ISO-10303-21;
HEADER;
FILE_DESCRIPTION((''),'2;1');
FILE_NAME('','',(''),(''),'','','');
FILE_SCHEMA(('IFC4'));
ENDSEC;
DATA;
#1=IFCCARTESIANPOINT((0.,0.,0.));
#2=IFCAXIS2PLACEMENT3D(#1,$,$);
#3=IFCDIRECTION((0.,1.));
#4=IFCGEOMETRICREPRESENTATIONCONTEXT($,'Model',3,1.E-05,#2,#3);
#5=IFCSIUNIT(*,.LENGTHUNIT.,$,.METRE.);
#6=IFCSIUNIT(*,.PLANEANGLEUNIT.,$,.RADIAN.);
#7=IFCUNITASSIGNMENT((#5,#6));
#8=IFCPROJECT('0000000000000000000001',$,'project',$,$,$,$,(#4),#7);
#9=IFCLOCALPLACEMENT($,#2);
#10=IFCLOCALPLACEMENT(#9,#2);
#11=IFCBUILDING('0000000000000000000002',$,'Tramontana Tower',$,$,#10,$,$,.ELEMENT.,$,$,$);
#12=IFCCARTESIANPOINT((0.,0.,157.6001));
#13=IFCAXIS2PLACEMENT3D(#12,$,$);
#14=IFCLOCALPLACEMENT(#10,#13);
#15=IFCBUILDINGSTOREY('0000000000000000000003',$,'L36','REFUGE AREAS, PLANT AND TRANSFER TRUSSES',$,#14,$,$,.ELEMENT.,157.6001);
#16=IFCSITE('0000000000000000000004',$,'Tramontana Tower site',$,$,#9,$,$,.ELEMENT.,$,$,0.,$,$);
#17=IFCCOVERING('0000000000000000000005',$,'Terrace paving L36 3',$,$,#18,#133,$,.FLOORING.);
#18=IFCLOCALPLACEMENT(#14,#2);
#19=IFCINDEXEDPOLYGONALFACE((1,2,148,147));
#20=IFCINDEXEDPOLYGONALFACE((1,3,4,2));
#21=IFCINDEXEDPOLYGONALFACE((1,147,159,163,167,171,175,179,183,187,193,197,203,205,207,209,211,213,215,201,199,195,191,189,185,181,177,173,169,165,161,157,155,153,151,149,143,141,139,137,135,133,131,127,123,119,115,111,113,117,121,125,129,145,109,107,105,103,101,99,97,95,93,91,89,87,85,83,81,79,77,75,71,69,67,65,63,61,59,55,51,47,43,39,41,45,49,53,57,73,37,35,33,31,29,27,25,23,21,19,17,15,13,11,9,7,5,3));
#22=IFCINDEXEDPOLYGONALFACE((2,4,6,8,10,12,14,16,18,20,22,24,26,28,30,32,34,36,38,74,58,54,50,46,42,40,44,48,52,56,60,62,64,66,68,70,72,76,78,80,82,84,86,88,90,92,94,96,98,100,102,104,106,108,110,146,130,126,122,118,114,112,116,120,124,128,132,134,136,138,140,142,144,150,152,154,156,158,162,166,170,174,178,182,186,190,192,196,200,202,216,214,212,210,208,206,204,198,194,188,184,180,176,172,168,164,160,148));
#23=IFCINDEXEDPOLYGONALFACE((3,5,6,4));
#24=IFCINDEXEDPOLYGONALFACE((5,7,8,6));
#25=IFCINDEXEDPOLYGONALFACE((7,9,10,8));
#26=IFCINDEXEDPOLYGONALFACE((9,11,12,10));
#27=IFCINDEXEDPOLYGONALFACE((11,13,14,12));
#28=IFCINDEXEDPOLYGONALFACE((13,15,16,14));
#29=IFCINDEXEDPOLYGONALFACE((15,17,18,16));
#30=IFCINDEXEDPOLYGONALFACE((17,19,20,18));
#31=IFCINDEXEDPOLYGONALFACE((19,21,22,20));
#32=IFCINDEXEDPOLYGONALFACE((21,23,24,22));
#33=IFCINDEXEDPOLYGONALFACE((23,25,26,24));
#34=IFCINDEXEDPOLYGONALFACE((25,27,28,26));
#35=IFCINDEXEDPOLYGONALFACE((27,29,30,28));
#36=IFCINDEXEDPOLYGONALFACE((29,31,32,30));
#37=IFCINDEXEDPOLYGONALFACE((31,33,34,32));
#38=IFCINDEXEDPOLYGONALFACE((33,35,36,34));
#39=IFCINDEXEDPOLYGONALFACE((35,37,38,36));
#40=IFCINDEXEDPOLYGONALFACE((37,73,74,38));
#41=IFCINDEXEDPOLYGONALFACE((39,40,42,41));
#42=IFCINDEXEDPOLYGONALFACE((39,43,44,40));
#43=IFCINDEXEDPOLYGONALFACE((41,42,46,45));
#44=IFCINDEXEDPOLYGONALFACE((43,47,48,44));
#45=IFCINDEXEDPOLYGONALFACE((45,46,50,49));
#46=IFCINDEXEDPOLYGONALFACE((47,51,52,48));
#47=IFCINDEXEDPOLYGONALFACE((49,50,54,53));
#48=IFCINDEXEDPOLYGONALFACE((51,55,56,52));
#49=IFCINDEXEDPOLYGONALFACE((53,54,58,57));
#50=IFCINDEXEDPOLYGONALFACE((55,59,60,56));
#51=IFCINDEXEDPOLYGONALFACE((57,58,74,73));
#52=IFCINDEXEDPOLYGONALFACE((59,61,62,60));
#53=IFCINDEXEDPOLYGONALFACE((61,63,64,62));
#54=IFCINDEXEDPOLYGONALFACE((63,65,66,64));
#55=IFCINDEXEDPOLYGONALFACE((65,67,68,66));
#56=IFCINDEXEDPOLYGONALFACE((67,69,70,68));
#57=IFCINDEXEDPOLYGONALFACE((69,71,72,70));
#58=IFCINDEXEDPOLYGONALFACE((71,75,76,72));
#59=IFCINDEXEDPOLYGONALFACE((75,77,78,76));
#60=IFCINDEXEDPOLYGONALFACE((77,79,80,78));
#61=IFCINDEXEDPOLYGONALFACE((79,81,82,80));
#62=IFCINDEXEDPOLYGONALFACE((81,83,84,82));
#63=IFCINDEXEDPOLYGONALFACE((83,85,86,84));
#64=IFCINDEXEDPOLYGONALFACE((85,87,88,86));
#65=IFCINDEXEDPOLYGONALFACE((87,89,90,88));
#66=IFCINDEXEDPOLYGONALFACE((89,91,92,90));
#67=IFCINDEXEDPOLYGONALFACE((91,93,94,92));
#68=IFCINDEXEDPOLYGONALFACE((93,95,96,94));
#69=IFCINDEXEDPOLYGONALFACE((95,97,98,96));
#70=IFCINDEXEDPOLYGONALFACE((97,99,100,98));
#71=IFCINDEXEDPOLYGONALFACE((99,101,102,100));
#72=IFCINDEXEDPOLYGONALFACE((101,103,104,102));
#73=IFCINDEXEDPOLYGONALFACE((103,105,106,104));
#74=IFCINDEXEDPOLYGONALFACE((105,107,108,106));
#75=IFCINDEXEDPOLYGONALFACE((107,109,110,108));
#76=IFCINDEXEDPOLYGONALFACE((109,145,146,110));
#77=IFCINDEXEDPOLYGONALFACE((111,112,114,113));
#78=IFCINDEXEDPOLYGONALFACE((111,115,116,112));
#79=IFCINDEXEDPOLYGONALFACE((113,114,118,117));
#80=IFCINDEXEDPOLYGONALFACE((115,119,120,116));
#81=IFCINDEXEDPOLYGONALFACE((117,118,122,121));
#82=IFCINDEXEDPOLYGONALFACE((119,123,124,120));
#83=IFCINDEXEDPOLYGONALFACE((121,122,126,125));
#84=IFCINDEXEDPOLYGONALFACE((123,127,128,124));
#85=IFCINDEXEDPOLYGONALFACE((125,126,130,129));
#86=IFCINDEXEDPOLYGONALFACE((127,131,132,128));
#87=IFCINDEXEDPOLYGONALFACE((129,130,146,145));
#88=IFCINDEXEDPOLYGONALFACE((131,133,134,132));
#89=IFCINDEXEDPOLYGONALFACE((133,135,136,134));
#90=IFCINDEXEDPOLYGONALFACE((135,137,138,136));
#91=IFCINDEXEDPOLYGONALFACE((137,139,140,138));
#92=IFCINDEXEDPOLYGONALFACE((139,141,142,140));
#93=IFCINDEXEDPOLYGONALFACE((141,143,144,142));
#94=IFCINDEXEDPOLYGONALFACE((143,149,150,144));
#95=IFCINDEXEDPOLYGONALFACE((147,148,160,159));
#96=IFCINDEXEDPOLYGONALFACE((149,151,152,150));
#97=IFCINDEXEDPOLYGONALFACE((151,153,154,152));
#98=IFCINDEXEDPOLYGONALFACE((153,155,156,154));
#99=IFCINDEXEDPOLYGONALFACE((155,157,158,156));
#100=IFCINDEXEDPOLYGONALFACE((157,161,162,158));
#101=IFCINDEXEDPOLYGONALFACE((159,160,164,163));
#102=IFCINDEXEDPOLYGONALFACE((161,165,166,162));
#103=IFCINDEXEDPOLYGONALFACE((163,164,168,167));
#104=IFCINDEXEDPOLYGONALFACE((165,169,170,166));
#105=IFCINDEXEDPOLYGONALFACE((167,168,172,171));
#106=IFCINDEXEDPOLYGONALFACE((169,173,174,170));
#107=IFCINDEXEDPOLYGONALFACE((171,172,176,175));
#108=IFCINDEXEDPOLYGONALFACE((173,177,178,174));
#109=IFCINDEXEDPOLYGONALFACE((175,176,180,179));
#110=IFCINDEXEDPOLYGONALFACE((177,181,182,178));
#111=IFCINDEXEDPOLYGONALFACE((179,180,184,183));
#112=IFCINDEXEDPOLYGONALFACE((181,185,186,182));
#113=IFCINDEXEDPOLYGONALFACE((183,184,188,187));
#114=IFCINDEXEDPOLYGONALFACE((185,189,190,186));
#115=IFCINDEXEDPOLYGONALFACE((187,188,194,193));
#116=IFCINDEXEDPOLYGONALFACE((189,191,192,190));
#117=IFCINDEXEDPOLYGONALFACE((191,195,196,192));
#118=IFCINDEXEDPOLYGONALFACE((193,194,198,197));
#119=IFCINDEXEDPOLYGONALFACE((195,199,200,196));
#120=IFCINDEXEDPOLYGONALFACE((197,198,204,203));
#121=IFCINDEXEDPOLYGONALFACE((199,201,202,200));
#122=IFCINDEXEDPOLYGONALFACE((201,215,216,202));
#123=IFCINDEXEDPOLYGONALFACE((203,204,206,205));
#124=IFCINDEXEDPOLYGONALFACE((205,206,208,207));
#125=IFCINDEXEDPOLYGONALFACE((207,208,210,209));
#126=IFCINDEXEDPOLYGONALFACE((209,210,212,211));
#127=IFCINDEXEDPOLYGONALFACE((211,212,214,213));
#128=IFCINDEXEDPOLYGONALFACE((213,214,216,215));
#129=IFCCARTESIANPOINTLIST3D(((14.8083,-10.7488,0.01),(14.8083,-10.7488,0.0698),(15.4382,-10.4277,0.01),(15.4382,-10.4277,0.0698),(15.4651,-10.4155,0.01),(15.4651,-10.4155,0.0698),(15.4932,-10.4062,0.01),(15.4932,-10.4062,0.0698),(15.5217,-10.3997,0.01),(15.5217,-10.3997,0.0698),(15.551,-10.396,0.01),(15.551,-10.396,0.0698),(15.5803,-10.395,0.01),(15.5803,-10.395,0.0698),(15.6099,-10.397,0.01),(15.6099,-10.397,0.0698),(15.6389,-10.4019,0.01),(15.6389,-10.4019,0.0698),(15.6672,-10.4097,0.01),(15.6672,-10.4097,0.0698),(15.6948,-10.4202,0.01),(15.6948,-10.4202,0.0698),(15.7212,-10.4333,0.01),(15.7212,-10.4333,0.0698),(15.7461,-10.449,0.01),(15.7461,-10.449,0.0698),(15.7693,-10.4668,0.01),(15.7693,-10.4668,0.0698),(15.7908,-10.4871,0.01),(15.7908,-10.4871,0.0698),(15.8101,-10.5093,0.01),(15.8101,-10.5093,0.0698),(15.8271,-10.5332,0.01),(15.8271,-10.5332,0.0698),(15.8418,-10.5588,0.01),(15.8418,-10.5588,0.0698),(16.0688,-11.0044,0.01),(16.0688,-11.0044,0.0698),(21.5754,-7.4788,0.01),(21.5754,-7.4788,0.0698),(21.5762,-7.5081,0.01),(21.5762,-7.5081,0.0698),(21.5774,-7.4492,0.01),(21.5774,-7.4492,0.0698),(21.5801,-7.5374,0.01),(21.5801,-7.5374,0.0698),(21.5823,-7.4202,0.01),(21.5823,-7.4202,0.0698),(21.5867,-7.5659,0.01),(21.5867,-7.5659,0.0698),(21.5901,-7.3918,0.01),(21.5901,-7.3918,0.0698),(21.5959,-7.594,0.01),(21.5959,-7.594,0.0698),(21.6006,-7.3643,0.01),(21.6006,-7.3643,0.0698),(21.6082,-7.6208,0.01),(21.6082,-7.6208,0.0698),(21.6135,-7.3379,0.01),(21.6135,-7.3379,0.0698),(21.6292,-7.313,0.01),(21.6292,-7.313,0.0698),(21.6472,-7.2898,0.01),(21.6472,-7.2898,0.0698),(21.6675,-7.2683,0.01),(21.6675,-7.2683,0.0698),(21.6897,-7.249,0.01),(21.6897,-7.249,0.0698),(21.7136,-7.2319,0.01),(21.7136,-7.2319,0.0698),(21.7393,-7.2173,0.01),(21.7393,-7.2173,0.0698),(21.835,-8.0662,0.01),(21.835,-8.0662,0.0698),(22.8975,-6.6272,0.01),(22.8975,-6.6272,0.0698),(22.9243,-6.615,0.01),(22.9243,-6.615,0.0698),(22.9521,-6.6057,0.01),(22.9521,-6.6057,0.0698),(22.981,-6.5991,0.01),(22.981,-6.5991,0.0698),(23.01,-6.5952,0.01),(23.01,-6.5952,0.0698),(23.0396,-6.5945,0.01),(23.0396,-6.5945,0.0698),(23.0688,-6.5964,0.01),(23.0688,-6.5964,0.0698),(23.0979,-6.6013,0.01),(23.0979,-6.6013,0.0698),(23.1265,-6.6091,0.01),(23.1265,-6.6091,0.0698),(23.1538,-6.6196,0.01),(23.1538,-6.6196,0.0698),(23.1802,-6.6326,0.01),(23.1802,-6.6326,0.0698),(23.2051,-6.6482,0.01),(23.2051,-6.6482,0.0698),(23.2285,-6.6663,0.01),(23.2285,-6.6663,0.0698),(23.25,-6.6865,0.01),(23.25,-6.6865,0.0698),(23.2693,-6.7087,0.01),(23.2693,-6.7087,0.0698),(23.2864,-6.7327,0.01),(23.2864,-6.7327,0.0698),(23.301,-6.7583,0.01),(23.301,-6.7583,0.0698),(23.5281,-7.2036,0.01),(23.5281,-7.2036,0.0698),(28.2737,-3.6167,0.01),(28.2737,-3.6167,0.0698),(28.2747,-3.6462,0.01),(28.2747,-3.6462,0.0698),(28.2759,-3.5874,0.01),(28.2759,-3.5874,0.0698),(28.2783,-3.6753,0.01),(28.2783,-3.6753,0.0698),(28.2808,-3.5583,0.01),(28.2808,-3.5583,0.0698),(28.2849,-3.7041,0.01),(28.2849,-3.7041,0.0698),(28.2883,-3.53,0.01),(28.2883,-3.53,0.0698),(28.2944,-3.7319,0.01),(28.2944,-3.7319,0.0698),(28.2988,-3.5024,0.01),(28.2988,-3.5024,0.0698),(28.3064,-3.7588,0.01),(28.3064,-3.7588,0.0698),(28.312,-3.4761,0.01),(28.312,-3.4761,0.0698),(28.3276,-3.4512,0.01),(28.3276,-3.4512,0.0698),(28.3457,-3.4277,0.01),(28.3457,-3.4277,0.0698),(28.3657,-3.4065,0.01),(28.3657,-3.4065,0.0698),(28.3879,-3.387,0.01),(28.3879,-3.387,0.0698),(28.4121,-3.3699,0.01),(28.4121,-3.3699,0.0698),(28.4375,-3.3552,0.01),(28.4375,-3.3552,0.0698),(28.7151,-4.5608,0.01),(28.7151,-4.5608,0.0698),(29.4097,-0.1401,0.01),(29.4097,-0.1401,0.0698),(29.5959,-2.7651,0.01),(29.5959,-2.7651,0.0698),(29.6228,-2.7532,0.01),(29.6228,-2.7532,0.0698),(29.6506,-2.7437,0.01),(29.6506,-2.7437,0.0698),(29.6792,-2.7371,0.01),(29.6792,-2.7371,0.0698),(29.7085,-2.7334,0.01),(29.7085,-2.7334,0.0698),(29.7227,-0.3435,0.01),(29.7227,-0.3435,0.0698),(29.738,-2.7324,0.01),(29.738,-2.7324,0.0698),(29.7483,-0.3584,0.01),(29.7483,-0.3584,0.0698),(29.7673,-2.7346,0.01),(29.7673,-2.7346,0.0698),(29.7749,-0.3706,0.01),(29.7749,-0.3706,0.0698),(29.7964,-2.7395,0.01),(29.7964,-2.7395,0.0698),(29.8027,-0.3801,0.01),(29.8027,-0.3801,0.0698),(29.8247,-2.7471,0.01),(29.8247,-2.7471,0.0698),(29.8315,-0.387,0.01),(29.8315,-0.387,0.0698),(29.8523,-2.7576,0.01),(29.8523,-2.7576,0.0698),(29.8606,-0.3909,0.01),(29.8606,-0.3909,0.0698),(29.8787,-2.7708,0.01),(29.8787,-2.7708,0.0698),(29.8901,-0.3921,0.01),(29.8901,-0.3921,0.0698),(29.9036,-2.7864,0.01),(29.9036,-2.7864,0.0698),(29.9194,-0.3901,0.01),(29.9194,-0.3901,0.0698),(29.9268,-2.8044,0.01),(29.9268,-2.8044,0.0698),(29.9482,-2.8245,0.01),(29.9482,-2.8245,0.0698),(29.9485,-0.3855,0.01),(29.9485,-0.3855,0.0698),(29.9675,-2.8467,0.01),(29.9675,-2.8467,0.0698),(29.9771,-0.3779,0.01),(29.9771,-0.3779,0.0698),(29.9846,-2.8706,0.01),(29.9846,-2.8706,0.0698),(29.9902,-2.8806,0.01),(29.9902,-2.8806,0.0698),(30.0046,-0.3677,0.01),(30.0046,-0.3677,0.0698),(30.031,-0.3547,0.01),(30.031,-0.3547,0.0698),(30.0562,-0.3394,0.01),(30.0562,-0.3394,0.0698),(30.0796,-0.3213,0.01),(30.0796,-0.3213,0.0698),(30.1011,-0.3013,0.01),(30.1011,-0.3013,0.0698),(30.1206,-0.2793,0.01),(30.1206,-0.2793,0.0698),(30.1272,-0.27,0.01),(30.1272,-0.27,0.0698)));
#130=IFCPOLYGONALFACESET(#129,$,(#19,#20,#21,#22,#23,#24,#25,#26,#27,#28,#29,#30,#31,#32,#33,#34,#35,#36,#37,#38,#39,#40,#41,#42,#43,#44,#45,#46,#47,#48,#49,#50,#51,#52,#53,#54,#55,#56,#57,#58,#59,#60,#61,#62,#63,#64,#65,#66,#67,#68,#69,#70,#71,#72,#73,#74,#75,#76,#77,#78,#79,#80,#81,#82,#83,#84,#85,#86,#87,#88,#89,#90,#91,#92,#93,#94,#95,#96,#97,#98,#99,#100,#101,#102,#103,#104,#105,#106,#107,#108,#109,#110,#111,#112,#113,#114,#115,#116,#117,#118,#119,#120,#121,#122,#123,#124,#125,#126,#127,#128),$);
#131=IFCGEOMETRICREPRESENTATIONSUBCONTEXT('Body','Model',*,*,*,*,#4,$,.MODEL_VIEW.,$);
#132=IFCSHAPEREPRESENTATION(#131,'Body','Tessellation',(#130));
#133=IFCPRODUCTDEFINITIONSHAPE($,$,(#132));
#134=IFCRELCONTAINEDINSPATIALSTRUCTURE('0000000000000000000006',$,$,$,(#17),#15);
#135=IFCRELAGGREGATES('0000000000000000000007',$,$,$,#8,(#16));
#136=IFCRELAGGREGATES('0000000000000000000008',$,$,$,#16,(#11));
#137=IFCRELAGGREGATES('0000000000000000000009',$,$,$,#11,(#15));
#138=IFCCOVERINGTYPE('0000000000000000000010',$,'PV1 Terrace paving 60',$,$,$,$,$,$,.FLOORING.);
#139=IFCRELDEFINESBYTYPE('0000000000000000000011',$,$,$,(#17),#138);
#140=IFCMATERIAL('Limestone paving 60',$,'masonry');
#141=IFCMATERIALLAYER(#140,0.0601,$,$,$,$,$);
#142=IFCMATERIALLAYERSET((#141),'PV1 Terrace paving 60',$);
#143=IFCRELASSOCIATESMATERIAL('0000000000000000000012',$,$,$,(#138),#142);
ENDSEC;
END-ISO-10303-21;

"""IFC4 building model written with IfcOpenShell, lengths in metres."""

from ifc_helpers import new_model, si_unit, direction, frame, origin, place, context, subcontext, project, spatial, polyline, outline, extrude, material, layer, layer_set, type_object, element, save


model = new_model("IFC4")

# Units and contexts
model_context = context("Model", 3, precision=1e-05, world=origin(), true_north=direction((0.0, 1.0)))
body_context = subcontext(model_context, "Body", "Model", "MODEL_VIEW")
ifc_project = project(units=[si_unit("LENGTHUNIT", "METRE"), si_unit("PLANEANGLEUNIT", "RADIAN")], contexts=[model_context])

# Site, building, storey
site_placement = place(None, origin())
site = spatial("IfcSite", under=ifc_project, at=site_placement, Name="Tramontana Tower site", CompositionType="ELEMENT", RefElevation=0.0)
building_placement = place(site_placement, origin())
building = spatial("IfcBuilding", under=site, at=building_placement, Name="Tramontana Tower", CompositionType="ELEMENT")
storey_placement = place(building_placement, frame((0.0, 0.0, 157.6001)))
storey = spatial("IfcBuildingStorey", under=building, at=storey_placement, Name="L36", Description="REFUGE AREAS, PLANT AND TRANSFER TRUSSES", CompositionType="ELEMENT", Elevation=157.6001)

# Covering
ifc_material_1 = material(Name="Limestone paving 60", Category="masonry")
ifc_layer_1 = layer(ifc_material_1, 0.0601)
ifc_layer_set_1 = layer_set([ifc_layer_1], Name="PV1 Terrace paving 60")
covering_type_1 = type_object("IfcCoveringType", Name="PV1 Terrace paving 60", PredefinedType="FLOORING", material=ifc_layer_set_1)
covering_1_placement = place(storey_placement, frame((0.0, 0.0, 0.01)))
element("IfcCovering", 1, at=covering_1_placement, inside=storey, type_object=covering_type_1, Name="Terrace paving L36 3", PredefinedType="FLOORING", context=body_context, shape_type="SweptSolid", body=[
    extrude(outline(polyline([(29.9902, -2.8806), (29.9846, -2.8706), (29.9675, -2.8467), (29.9482, -2.8245), (29.9268, -2.8044), (29.9036, -2.7864), (29.8787, -2.7708), (29.8523, -2.7576), (29.8247, -2.7471), (29.7964, -2.7395), (29.7673, -2.7346), (29.738, -2.7324), (29.7085, -2.7334), (29.6792, -2.7371), (29.6506, -2.7437), (29.6228, -2.7532), (29.5959, -2.7651), (28.4375, -3.3552), (28.4121, -3.3699), (28.3879, -3.387), (28.3657, -3.4065), (28.3457, -3.4277), (28.3276, -3.4512), (28.312, -3.4761), (28.2988, -3.5024), (28.2883, -3.53), (28.2808, -3.5583), (28.2759, -3.5874), (28.2737, -3.6167), (28.2747, -3.6462), (28.2783, -3.6753), (28.2849, -3.7041), (28.2944, -3.7319), (28.3064, -3.7588), (28.7151, -4.5608), (23.5281, -7.2036), (23.301, -6.7583), (23.2864, -6.7327), (23.2693, -6.7087), (23.25, -6.6865), (23.2285, -6.6663), (23.2051, -6.6482), (23.1802, -6.6326), (23.1538, -6.6196), (23.1265, -6.6091), (23.0979, -6.6013), (23.0688, -6.5964), (23.0396, -6.5945), (23.01, -6.5952), (22.981, -6.5991), (22.9521, -6.6057), (22.9243, -6.615), (22.8975, -6.6272), (21.7393, -7.2173), (21.7136, -7.2319), (21.6897, -7.249), (21.6675, -7.2683), (21.6472, -7.2898), (21.6292, -7.313), (21.6135, -7.3379), (21.6006, -7.3643), (21.5901, -7.3918), (21.5823, -7.4202), (21.5774, -7.4492), (21.5754, -7.4788), (21.5762, -7.5081), (21.5801, -7.5374), (21.5867, -7.5659), (21.5959, -7.594), (21.6082, -7.6208), (21.835, -8.0662), (16.0688, -11.0044), (15.8418, -10.5588), (15.8271, -10.5332), (15.8101, -10.5093), (15.7908, -10.4871), (15.7693, -10.4668), (15.7461, -10.449), (15.7212, -10.4333), (15.6948, -10.4202), (15.6672, -10.4097), (15.6389, -10.4019), (15.6099, -10.397), (15.5803, -10.395), (15.551, -10.396), (15.5217, -10.3997), (15.4932, -10.4062), (15.4651, -10.4155), (15.4382, -10.4277), (14.8083, -10.7488), (29.4097, -0.1401), (29.7227, -0.3435), (29.7483, -0.3584), (29.7749, -0.3706), (29.8027, -0.3801), (29.8315, -0.387), (29.8606, -0.3909), (29.8901, -0.3921), (29.9194, -0.3901), (29.9485, -0.3855), (29.9771, -0.3779), (30.0046, -0.3677), (30.031, -0.3547), (30.0562, -0.3394), (30.0796, -0.3213), (30.1011, -0.3013), (30.1206, -0.2793), (30.1272, -0.27), (29.9902, -2.8806)])), origin(), (0.0, 0.0, 1.0), 0.0598),
])

save(model, "model.ifc")
